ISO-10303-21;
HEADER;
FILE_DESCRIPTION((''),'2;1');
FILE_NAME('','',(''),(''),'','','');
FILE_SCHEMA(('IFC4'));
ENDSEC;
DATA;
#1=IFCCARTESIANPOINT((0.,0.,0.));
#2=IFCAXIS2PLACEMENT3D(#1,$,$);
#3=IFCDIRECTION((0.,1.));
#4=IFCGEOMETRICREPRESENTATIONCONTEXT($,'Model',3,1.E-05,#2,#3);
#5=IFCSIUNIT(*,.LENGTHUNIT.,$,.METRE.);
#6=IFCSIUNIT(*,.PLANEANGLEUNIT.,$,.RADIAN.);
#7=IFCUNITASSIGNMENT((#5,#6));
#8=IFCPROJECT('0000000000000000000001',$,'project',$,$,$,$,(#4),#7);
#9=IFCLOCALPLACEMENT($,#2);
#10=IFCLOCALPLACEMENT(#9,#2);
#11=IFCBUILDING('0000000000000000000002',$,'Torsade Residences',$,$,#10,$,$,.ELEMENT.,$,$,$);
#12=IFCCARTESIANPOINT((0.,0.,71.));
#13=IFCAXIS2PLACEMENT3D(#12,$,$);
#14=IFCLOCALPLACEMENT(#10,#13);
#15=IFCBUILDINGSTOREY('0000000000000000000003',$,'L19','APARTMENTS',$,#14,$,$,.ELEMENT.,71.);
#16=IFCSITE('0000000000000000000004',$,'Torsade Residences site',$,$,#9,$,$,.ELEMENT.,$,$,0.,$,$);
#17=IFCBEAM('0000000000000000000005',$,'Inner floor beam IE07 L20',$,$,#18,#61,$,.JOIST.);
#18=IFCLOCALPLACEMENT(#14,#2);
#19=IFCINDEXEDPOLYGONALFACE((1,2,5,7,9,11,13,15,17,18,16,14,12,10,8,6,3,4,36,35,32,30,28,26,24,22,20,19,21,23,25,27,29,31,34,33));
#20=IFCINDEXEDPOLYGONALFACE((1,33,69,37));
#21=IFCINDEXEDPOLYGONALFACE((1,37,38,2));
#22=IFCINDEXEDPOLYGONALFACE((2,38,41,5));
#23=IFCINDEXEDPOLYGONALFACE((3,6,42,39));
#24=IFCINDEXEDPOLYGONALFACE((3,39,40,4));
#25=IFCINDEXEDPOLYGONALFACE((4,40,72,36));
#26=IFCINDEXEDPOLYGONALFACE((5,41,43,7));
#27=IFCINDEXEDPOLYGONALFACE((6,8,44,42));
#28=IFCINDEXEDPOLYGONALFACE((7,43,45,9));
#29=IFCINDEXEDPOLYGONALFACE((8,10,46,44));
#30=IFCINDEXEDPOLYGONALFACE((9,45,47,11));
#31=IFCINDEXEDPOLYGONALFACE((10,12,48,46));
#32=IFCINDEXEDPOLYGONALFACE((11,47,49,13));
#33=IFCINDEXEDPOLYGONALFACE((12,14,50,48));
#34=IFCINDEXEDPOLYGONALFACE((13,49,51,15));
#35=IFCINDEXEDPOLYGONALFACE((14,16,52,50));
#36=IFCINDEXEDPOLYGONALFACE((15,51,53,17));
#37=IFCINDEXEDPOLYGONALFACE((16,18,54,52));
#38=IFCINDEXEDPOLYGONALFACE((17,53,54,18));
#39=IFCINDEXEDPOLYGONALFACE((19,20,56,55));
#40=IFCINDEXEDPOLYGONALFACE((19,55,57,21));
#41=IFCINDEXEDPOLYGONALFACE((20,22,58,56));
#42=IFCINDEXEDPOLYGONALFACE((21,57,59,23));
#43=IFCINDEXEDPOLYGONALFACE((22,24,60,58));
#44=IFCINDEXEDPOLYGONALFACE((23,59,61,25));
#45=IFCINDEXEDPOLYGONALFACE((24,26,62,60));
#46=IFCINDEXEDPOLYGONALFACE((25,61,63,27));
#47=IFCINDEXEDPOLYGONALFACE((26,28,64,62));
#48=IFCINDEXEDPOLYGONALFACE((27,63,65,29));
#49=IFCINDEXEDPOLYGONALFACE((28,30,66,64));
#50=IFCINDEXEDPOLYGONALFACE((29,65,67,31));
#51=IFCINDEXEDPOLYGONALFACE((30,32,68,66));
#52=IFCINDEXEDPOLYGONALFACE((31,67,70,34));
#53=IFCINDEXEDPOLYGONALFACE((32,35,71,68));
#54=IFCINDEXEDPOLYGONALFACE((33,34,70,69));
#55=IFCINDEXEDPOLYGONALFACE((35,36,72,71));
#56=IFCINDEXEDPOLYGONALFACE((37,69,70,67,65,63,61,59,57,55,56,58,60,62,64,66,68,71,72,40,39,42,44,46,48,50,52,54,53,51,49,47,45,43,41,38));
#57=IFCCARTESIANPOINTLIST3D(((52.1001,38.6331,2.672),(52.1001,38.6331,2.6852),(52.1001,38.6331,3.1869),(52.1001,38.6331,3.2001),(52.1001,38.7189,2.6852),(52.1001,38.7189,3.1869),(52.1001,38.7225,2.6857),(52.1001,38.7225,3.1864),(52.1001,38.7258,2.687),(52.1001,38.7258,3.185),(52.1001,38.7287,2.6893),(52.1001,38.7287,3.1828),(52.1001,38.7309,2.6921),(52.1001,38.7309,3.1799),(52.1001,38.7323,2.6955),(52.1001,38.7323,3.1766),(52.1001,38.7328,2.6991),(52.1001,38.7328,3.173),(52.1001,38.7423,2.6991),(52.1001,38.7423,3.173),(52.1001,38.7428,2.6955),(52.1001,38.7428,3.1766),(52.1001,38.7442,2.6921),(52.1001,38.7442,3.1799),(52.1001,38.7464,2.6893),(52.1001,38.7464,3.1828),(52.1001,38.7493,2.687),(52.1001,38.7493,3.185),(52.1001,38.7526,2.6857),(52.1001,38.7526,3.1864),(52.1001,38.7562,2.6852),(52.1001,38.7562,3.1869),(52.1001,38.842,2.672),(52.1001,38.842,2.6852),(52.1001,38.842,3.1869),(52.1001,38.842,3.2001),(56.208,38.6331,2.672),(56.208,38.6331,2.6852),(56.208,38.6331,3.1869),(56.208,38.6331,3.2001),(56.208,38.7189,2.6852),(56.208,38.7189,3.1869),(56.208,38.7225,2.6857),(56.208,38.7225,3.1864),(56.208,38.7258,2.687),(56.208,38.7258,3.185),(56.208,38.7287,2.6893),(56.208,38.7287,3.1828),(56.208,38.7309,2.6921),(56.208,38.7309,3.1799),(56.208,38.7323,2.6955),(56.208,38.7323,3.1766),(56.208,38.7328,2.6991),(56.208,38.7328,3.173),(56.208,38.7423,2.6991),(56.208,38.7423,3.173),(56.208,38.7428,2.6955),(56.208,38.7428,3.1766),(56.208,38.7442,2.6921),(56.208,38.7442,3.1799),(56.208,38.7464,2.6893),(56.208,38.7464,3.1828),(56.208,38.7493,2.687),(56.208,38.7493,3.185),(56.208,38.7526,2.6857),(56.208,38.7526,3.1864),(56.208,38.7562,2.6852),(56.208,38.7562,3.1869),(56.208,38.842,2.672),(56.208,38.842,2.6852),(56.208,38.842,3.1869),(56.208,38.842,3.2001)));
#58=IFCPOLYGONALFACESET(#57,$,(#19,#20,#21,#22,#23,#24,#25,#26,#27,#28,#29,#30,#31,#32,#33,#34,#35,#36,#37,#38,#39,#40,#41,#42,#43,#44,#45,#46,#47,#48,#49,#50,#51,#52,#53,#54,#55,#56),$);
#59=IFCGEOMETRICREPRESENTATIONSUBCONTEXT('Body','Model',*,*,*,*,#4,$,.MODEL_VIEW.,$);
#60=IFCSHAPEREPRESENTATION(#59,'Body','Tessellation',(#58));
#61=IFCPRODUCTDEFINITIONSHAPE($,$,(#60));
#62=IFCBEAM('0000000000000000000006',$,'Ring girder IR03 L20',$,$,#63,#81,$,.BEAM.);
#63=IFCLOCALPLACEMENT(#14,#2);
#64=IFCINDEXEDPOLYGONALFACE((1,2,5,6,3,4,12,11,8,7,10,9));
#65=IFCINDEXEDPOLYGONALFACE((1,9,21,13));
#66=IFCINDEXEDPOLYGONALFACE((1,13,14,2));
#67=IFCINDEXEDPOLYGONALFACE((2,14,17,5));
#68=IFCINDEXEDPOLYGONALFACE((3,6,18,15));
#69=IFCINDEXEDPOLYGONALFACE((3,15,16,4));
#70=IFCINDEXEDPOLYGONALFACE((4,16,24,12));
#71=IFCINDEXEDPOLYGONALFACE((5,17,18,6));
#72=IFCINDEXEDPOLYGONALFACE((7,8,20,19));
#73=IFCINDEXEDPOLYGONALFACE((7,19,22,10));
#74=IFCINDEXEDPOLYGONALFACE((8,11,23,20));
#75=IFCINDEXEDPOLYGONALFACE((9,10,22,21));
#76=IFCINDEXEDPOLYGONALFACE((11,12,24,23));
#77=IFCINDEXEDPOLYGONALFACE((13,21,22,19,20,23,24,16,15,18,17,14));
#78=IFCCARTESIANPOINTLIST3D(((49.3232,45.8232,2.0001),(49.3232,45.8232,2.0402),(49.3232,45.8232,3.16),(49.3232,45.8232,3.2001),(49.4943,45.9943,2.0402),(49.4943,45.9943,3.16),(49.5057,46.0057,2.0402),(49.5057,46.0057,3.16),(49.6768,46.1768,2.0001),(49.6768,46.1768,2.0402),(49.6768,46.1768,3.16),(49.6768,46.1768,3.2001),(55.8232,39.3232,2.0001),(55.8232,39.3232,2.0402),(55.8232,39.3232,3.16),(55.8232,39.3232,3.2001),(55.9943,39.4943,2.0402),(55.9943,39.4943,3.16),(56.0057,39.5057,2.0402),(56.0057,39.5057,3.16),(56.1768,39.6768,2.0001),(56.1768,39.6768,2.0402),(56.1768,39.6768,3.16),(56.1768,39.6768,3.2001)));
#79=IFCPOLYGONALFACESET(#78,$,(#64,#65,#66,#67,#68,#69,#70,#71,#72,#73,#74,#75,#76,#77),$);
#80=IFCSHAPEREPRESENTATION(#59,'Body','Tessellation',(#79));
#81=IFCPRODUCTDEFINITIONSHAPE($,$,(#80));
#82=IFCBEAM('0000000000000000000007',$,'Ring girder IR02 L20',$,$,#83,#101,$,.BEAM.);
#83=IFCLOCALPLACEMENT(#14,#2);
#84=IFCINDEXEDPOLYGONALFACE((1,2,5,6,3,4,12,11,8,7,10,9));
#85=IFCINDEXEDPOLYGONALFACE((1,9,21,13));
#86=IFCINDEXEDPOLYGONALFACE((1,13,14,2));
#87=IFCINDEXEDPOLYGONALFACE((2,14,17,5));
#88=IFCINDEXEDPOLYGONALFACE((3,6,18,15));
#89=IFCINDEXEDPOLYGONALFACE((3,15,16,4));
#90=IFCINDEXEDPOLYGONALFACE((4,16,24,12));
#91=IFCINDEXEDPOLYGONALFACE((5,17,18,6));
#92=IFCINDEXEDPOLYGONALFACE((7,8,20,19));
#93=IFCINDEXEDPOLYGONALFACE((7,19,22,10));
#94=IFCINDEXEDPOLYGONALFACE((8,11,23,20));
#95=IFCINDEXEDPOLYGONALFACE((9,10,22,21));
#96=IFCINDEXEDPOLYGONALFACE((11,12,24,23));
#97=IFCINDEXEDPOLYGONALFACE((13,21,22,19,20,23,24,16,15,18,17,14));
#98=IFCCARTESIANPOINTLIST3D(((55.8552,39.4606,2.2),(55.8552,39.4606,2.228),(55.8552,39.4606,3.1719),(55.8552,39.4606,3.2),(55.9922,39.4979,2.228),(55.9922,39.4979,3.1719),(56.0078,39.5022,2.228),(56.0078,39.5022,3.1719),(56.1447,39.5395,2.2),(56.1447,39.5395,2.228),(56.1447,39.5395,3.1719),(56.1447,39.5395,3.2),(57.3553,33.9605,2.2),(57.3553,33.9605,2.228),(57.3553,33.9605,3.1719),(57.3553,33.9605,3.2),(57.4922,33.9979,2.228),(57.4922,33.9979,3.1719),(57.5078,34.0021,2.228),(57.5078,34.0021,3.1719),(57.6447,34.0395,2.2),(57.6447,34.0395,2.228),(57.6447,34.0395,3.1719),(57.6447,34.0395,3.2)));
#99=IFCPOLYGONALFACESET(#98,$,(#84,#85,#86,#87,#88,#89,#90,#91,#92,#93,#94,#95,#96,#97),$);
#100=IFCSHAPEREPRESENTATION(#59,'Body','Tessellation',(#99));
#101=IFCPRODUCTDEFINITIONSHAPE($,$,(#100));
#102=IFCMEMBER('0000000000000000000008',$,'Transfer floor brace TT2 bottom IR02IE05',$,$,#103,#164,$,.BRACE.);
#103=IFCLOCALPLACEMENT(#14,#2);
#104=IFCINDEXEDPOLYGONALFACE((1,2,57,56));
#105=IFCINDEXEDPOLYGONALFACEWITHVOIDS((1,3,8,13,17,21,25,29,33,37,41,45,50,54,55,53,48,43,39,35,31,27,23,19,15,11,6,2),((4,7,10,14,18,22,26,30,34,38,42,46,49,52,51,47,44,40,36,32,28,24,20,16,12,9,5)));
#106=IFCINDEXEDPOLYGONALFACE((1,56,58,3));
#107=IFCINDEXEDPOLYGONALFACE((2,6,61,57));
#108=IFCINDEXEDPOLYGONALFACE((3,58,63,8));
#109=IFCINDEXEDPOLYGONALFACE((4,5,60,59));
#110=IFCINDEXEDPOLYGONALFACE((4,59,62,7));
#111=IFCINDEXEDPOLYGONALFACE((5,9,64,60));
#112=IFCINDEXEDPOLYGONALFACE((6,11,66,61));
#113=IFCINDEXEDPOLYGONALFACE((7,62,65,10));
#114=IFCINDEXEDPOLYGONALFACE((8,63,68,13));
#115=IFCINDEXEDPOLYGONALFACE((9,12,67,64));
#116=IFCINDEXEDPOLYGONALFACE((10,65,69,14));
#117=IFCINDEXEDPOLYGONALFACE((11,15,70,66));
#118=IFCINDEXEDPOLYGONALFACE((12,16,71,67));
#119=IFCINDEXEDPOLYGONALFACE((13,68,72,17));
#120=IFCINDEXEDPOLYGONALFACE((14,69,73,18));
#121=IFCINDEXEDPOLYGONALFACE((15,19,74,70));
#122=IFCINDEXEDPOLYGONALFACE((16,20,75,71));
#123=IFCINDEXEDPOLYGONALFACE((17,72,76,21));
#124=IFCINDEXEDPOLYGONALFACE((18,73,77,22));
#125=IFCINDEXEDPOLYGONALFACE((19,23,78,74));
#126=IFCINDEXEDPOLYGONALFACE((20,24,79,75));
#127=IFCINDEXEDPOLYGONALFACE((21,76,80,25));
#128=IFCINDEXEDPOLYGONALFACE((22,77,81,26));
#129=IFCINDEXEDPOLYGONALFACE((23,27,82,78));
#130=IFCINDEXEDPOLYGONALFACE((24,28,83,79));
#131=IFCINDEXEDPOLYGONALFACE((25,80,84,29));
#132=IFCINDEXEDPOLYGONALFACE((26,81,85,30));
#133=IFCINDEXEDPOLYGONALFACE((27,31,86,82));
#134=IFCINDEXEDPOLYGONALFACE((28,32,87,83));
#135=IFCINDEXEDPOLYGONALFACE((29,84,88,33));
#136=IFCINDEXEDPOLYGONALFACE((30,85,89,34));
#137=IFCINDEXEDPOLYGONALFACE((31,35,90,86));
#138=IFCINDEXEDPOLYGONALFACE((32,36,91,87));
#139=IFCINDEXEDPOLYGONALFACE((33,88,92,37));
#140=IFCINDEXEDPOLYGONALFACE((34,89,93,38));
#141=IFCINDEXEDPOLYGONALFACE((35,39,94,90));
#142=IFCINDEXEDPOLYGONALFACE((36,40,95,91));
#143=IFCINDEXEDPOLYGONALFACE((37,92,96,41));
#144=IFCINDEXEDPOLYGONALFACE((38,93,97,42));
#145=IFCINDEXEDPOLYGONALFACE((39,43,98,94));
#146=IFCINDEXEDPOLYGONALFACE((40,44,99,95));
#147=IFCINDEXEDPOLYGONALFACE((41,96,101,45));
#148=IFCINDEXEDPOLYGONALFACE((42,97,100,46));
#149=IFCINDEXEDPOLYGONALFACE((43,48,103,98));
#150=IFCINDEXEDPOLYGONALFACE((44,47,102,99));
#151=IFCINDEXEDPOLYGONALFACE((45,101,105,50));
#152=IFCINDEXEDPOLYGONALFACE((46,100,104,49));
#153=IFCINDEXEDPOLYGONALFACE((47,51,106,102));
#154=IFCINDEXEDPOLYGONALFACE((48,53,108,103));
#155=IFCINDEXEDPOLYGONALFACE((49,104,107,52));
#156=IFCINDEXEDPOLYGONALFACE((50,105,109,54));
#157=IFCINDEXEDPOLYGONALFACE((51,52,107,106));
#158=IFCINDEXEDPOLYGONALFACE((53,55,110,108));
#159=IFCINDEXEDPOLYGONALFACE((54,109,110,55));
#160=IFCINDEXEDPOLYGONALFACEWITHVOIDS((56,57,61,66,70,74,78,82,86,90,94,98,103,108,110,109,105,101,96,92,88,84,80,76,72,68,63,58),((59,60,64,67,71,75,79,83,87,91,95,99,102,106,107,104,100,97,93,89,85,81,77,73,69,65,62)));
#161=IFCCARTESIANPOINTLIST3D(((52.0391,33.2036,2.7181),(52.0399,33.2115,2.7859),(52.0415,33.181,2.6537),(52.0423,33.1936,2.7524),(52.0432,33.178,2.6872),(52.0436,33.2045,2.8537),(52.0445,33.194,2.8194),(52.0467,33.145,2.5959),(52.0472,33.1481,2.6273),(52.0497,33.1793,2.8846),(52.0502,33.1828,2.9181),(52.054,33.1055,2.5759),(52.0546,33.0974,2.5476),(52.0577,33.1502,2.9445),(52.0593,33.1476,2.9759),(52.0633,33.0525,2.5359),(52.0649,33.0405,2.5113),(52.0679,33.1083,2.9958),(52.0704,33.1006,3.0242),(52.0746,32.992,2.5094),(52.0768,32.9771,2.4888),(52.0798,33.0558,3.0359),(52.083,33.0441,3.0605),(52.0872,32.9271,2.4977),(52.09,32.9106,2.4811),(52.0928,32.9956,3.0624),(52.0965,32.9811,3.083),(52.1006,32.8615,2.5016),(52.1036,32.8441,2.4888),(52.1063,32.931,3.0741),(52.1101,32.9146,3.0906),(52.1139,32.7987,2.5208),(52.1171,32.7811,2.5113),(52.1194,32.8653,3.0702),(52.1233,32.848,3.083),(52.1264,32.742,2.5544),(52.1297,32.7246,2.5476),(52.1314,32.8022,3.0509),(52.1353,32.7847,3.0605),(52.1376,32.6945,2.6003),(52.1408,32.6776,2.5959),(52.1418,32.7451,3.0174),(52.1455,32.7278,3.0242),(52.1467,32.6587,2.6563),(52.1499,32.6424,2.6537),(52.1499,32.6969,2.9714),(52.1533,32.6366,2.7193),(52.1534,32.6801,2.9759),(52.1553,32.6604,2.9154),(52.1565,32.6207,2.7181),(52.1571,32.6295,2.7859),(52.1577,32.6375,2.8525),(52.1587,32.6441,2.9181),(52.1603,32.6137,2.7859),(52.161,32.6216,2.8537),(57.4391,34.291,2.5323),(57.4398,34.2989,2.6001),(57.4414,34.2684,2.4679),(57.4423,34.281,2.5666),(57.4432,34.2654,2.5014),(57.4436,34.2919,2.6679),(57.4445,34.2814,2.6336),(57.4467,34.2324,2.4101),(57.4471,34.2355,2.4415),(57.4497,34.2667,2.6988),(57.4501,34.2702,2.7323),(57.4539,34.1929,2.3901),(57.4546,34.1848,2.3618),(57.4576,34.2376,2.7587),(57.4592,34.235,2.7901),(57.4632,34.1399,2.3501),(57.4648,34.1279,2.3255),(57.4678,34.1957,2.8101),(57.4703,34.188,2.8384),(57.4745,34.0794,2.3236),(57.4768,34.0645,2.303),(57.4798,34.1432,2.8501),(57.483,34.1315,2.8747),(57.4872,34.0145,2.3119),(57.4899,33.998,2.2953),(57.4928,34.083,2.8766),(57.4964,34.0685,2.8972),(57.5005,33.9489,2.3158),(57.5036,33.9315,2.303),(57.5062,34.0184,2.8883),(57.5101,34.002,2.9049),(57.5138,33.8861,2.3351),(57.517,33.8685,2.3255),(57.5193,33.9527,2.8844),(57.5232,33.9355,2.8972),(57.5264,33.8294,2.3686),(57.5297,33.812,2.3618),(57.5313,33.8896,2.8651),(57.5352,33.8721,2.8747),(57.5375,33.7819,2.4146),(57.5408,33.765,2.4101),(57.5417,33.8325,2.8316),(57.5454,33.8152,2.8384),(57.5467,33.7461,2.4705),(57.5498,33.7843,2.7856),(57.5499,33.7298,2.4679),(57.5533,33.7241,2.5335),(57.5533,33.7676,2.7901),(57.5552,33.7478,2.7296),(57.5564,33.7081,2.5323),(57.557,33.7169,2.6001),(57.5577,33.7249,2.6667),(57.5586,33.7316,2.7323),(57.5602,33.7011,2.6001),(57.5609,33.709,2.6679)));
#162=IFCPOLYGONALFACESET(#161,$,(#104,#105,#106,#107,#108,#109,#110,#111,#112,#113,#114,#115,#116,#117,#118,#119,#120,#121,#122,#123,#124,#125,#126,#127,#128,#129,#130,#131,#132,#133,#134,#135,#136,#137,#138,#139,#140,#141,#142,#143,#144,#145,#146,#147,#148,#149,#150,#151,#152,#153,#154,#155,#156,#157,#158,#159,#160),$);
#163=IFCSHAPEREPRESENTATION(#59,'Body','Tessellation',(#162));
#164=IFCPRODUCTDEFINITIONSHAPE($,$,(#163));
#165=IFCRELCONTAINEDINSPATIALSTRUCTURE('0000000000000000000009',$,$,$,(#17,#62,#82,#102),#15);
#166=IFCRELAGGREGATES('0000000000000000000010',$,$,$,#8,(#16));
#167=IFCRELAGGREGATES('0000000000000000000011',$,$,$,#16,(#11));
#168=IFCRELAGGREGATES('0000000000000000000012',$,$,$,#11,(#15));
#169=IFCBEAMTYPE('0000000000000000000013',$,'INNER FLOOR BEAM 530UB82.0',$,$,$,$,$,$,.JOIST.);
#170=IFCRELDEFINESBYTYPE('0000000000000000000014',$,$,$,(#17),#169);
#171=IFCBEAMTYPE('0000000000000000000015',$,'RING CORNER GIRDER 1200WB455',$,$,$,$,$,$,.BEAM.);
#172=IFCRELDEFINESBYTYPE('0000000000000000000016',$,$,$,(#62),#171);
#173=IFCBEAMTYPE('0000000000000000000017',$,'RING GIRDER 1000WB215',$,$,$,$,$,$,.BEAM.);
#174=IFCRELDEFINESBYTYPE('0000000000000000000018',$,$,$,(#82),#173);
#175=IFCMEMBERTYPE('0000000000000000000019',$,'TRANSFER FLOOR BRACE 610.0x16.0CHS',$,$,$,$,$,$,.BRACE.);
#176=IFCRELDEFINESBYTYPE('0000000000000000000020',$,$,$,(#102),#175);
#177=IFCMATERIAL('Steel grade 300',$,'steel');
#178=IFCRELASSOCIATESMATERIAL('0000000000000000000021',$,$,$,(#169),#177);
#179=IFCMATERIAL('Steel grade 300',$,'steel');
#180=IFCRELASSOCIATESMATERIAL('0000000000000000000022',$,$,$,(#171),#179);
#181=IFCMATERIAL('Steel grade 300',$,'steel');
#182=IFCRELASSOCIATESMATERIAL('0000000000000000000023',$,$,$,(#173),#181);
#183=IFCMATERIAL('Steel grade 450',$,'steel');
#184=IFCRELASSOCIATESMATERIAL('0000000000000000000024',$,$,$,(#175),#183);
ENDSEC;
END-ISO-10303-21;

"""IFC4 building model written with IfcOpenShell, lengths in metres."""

from ifc_helpers import new_model, si_unit, direction, frame, origin, origin_2d, place, context, subcontext, project, spatial, hollow_circle, i_section, extrude, material, material_profile, profile_set, type_object, element, save


model = new_model("IFC4")

# Units and contexts
model_context = context("Model", 3, precision=1e-05, world=origin(), true_north=direction((0.0, 1.0)))
body_context = subcontext(model_context, "Body", "Model", "MODEL_VIEW")
ifc_project = project(units=[si_unit("LENGTHUNIT", "METRE"), si_unit("PLANEANGLEUNIT", "RADIAN")], contexts=[model_context])

# Site, building, storey
site_placement = place(None, origin())
site = spatial("IfcSite", under=ifc_project, at=site_placement, Name="Torsade Residences site", CompositionType="ELEMENT", RefElevation=0.0)
building_placement = place(site_placement, origin())
building = spatial("IfcBuilding", under=site, at=building_placement, Name="Torsade Residences", CompositionType="ELEMENT")
storey_placement = place(building_placement, frame((0.0, 0.0, 71.0)))
storey = spatial("IfcBuildingStorey", under=building, at=storey_placement, Name="L19", Description="APARTMENTS", CompositionType="ELEMENT", Elevation=71.0)

# Beams
ifc_material_1 = material(Name="Steel grade 300", Category="steel")
ifc_material_profile_1 = material_profile(ifc_material_1, i_section(OverallWidth=0.209, OverallDepth=0.5281, WebThickness=0.0095, FlangeThickness=0.0132, FilletRadius=0.0139, at=origin_2d()), Name="530UB82.0")
ifc_profile_set_1 = profile_set([ifc_material_profile_1], Name="Steel grade 300")
beam_type_1 = type_object("IfcBeamType", Name="INNER FLOOR BEAM 530UB82.0", PredefinedType="JOIST", material=ifc_profile_set_1)
beam_1_placement = place(storey_placement, frame((52.1001, 38.7375, 2.936), z_axis=(1.0, 0.0, 0.0), x_axis=(0.0, 1.0, 0.0)))
element("IfcBeam", 1, at=beam_1_placement, inside=storey, type_object=beam_type_1, Name="Inner floor beam IE07 L20", PredefinedType="JOIST", context=body_context, shape_type="SweptSolid", body=[
    extrude(i_section(OverallWidth=0.209, OverallDepth=0.5281, WebThickness=0.0095, FlangeThickness=0.0132, FilletRadius=0.0139, at=origin_2d()), origin(), (0.0, 0.0, 1.0), 4.1079),
])
ifc_material_2 = material(Name="Steel grade 300", Category="steel")
ifc_material_profile_2 = material_profile(ifc_material_2, i_section(OverallWidth=0.5, OverallDepth=1.2, WebThickness=0.0161, FlangeThickness=0.04, at=origin_2d()), Name="1200WB455")
ifc_profile_set_2 = profile_set([ifc_material_profile_2], Name="Steel grade 300")
beam_type_2 = type_object("IfcBeamType", Name="RING CORNER GIRDER 1200WB455", PredefinedType="BEAM", material=ifc_profile_set_2)
beam_2_placement = place(storey_placement, frame((56.0, 39.5, 2.6001), z_axis=(-0.707107, 0.707107, 0.0), x_axis=(-0.707107, -0.707107, 0.0)))
element("IfcBeam", 2, at=beam_2_placement, inside=storey, type_object=beam_type_2, Name="Ring girder IR03 L20", PredefinedType="BEAM", context=body_context, shape_type="SweptSolid", body=[
    extrude(i_section(OverallWidth=0.5, OverallDepth=1.2, WebThickness=0.0161, FlangeThickness=0.04, at=origin_2d()), origin(), (0.0, 0.0, 1.0), 9.1924),
])
ifc_material_3 = material(Name="Steel grade 300", Category="steel")
ifc_material_profile_3 = material_profile(ifc_material_3, i_section(OverallWidth=0.3, OverallDepth=1.0, WebThickness=0.0161, FlangeThickness=0.0281, at=origin_2d()), Name="1000WB215")
ifc_profile_set_3 = profile_set([ifc_material_profile_3], Name="Steel grade 300")
beam_type_3 = type_object("IfcBeamType", Name="RING GIRDER 1000WB215", PredefinedType="BEAM", material=ifc_profile_set_3)
beam_3_placement = place(storey_placement, frame((57.5, 34.0, 2.7), z_axis=(-0.263117, 0.964764, 0.0), x_axis=(-0.964764, -0.263117, 0.0)))
element("IfcBeam", 3, at=beam_3_placement, inside=storey, type_object=beam_type_3, Name="Ring girder IR02 L20", PredefinedType="BEAM", context=body_context, shape_type="SweptSolid", body=[
    extrude(i_section(OverallWidth=0.3, OverallDepth=1.0, WebThickness=0.0161, FlangeThickness=0.0281, at=origin_2d()), origin(), (0.0, 0.0, 1.0), 5.7009),
])

# Member
ifc_material_4 = material(Name="Steel grade 450", Category="steel")
ifc_material_profile_4 = material_profile(ifc_material_4, hollow_circle(Radius=0.3049, WallThickness=0.0161, at=origin_2d()), Name="610.0x16.0CHS")
ifc_profile_set_4 = profile_set([ifc_material_profile_4], Name="Steel grade 450")
member_type = type_object("IfcMemberType", Name="TRANSFER FLOOR BRACE 610.0x16.0CHS", PredefinedType="BRACE", material=ifc_profile_set_4)
member_1_placement = place(storey_placement, frame((57.5, 34.0, 2.6001), z_axis=(-0.979764, -0.197299, 0.03371), x_axis=(0.197412, -0.980321, 0.0)))
element("IfcMember", 4, at=member_1_placement, inside=storey, type_object=member_type, Name="Transfer floor brace TT2 bottom IR02IE05", PredefinedType="BRACE", context=body_context, shape_type="SweptSolid", body=[
    extrude(hollow_circle(Radius=0.3049, WallThickness=0.0161, at=origin_2d()), origin(), (0.0, 0.0, 1.0), 5.5115),
])

save(model, "model.ifc")
